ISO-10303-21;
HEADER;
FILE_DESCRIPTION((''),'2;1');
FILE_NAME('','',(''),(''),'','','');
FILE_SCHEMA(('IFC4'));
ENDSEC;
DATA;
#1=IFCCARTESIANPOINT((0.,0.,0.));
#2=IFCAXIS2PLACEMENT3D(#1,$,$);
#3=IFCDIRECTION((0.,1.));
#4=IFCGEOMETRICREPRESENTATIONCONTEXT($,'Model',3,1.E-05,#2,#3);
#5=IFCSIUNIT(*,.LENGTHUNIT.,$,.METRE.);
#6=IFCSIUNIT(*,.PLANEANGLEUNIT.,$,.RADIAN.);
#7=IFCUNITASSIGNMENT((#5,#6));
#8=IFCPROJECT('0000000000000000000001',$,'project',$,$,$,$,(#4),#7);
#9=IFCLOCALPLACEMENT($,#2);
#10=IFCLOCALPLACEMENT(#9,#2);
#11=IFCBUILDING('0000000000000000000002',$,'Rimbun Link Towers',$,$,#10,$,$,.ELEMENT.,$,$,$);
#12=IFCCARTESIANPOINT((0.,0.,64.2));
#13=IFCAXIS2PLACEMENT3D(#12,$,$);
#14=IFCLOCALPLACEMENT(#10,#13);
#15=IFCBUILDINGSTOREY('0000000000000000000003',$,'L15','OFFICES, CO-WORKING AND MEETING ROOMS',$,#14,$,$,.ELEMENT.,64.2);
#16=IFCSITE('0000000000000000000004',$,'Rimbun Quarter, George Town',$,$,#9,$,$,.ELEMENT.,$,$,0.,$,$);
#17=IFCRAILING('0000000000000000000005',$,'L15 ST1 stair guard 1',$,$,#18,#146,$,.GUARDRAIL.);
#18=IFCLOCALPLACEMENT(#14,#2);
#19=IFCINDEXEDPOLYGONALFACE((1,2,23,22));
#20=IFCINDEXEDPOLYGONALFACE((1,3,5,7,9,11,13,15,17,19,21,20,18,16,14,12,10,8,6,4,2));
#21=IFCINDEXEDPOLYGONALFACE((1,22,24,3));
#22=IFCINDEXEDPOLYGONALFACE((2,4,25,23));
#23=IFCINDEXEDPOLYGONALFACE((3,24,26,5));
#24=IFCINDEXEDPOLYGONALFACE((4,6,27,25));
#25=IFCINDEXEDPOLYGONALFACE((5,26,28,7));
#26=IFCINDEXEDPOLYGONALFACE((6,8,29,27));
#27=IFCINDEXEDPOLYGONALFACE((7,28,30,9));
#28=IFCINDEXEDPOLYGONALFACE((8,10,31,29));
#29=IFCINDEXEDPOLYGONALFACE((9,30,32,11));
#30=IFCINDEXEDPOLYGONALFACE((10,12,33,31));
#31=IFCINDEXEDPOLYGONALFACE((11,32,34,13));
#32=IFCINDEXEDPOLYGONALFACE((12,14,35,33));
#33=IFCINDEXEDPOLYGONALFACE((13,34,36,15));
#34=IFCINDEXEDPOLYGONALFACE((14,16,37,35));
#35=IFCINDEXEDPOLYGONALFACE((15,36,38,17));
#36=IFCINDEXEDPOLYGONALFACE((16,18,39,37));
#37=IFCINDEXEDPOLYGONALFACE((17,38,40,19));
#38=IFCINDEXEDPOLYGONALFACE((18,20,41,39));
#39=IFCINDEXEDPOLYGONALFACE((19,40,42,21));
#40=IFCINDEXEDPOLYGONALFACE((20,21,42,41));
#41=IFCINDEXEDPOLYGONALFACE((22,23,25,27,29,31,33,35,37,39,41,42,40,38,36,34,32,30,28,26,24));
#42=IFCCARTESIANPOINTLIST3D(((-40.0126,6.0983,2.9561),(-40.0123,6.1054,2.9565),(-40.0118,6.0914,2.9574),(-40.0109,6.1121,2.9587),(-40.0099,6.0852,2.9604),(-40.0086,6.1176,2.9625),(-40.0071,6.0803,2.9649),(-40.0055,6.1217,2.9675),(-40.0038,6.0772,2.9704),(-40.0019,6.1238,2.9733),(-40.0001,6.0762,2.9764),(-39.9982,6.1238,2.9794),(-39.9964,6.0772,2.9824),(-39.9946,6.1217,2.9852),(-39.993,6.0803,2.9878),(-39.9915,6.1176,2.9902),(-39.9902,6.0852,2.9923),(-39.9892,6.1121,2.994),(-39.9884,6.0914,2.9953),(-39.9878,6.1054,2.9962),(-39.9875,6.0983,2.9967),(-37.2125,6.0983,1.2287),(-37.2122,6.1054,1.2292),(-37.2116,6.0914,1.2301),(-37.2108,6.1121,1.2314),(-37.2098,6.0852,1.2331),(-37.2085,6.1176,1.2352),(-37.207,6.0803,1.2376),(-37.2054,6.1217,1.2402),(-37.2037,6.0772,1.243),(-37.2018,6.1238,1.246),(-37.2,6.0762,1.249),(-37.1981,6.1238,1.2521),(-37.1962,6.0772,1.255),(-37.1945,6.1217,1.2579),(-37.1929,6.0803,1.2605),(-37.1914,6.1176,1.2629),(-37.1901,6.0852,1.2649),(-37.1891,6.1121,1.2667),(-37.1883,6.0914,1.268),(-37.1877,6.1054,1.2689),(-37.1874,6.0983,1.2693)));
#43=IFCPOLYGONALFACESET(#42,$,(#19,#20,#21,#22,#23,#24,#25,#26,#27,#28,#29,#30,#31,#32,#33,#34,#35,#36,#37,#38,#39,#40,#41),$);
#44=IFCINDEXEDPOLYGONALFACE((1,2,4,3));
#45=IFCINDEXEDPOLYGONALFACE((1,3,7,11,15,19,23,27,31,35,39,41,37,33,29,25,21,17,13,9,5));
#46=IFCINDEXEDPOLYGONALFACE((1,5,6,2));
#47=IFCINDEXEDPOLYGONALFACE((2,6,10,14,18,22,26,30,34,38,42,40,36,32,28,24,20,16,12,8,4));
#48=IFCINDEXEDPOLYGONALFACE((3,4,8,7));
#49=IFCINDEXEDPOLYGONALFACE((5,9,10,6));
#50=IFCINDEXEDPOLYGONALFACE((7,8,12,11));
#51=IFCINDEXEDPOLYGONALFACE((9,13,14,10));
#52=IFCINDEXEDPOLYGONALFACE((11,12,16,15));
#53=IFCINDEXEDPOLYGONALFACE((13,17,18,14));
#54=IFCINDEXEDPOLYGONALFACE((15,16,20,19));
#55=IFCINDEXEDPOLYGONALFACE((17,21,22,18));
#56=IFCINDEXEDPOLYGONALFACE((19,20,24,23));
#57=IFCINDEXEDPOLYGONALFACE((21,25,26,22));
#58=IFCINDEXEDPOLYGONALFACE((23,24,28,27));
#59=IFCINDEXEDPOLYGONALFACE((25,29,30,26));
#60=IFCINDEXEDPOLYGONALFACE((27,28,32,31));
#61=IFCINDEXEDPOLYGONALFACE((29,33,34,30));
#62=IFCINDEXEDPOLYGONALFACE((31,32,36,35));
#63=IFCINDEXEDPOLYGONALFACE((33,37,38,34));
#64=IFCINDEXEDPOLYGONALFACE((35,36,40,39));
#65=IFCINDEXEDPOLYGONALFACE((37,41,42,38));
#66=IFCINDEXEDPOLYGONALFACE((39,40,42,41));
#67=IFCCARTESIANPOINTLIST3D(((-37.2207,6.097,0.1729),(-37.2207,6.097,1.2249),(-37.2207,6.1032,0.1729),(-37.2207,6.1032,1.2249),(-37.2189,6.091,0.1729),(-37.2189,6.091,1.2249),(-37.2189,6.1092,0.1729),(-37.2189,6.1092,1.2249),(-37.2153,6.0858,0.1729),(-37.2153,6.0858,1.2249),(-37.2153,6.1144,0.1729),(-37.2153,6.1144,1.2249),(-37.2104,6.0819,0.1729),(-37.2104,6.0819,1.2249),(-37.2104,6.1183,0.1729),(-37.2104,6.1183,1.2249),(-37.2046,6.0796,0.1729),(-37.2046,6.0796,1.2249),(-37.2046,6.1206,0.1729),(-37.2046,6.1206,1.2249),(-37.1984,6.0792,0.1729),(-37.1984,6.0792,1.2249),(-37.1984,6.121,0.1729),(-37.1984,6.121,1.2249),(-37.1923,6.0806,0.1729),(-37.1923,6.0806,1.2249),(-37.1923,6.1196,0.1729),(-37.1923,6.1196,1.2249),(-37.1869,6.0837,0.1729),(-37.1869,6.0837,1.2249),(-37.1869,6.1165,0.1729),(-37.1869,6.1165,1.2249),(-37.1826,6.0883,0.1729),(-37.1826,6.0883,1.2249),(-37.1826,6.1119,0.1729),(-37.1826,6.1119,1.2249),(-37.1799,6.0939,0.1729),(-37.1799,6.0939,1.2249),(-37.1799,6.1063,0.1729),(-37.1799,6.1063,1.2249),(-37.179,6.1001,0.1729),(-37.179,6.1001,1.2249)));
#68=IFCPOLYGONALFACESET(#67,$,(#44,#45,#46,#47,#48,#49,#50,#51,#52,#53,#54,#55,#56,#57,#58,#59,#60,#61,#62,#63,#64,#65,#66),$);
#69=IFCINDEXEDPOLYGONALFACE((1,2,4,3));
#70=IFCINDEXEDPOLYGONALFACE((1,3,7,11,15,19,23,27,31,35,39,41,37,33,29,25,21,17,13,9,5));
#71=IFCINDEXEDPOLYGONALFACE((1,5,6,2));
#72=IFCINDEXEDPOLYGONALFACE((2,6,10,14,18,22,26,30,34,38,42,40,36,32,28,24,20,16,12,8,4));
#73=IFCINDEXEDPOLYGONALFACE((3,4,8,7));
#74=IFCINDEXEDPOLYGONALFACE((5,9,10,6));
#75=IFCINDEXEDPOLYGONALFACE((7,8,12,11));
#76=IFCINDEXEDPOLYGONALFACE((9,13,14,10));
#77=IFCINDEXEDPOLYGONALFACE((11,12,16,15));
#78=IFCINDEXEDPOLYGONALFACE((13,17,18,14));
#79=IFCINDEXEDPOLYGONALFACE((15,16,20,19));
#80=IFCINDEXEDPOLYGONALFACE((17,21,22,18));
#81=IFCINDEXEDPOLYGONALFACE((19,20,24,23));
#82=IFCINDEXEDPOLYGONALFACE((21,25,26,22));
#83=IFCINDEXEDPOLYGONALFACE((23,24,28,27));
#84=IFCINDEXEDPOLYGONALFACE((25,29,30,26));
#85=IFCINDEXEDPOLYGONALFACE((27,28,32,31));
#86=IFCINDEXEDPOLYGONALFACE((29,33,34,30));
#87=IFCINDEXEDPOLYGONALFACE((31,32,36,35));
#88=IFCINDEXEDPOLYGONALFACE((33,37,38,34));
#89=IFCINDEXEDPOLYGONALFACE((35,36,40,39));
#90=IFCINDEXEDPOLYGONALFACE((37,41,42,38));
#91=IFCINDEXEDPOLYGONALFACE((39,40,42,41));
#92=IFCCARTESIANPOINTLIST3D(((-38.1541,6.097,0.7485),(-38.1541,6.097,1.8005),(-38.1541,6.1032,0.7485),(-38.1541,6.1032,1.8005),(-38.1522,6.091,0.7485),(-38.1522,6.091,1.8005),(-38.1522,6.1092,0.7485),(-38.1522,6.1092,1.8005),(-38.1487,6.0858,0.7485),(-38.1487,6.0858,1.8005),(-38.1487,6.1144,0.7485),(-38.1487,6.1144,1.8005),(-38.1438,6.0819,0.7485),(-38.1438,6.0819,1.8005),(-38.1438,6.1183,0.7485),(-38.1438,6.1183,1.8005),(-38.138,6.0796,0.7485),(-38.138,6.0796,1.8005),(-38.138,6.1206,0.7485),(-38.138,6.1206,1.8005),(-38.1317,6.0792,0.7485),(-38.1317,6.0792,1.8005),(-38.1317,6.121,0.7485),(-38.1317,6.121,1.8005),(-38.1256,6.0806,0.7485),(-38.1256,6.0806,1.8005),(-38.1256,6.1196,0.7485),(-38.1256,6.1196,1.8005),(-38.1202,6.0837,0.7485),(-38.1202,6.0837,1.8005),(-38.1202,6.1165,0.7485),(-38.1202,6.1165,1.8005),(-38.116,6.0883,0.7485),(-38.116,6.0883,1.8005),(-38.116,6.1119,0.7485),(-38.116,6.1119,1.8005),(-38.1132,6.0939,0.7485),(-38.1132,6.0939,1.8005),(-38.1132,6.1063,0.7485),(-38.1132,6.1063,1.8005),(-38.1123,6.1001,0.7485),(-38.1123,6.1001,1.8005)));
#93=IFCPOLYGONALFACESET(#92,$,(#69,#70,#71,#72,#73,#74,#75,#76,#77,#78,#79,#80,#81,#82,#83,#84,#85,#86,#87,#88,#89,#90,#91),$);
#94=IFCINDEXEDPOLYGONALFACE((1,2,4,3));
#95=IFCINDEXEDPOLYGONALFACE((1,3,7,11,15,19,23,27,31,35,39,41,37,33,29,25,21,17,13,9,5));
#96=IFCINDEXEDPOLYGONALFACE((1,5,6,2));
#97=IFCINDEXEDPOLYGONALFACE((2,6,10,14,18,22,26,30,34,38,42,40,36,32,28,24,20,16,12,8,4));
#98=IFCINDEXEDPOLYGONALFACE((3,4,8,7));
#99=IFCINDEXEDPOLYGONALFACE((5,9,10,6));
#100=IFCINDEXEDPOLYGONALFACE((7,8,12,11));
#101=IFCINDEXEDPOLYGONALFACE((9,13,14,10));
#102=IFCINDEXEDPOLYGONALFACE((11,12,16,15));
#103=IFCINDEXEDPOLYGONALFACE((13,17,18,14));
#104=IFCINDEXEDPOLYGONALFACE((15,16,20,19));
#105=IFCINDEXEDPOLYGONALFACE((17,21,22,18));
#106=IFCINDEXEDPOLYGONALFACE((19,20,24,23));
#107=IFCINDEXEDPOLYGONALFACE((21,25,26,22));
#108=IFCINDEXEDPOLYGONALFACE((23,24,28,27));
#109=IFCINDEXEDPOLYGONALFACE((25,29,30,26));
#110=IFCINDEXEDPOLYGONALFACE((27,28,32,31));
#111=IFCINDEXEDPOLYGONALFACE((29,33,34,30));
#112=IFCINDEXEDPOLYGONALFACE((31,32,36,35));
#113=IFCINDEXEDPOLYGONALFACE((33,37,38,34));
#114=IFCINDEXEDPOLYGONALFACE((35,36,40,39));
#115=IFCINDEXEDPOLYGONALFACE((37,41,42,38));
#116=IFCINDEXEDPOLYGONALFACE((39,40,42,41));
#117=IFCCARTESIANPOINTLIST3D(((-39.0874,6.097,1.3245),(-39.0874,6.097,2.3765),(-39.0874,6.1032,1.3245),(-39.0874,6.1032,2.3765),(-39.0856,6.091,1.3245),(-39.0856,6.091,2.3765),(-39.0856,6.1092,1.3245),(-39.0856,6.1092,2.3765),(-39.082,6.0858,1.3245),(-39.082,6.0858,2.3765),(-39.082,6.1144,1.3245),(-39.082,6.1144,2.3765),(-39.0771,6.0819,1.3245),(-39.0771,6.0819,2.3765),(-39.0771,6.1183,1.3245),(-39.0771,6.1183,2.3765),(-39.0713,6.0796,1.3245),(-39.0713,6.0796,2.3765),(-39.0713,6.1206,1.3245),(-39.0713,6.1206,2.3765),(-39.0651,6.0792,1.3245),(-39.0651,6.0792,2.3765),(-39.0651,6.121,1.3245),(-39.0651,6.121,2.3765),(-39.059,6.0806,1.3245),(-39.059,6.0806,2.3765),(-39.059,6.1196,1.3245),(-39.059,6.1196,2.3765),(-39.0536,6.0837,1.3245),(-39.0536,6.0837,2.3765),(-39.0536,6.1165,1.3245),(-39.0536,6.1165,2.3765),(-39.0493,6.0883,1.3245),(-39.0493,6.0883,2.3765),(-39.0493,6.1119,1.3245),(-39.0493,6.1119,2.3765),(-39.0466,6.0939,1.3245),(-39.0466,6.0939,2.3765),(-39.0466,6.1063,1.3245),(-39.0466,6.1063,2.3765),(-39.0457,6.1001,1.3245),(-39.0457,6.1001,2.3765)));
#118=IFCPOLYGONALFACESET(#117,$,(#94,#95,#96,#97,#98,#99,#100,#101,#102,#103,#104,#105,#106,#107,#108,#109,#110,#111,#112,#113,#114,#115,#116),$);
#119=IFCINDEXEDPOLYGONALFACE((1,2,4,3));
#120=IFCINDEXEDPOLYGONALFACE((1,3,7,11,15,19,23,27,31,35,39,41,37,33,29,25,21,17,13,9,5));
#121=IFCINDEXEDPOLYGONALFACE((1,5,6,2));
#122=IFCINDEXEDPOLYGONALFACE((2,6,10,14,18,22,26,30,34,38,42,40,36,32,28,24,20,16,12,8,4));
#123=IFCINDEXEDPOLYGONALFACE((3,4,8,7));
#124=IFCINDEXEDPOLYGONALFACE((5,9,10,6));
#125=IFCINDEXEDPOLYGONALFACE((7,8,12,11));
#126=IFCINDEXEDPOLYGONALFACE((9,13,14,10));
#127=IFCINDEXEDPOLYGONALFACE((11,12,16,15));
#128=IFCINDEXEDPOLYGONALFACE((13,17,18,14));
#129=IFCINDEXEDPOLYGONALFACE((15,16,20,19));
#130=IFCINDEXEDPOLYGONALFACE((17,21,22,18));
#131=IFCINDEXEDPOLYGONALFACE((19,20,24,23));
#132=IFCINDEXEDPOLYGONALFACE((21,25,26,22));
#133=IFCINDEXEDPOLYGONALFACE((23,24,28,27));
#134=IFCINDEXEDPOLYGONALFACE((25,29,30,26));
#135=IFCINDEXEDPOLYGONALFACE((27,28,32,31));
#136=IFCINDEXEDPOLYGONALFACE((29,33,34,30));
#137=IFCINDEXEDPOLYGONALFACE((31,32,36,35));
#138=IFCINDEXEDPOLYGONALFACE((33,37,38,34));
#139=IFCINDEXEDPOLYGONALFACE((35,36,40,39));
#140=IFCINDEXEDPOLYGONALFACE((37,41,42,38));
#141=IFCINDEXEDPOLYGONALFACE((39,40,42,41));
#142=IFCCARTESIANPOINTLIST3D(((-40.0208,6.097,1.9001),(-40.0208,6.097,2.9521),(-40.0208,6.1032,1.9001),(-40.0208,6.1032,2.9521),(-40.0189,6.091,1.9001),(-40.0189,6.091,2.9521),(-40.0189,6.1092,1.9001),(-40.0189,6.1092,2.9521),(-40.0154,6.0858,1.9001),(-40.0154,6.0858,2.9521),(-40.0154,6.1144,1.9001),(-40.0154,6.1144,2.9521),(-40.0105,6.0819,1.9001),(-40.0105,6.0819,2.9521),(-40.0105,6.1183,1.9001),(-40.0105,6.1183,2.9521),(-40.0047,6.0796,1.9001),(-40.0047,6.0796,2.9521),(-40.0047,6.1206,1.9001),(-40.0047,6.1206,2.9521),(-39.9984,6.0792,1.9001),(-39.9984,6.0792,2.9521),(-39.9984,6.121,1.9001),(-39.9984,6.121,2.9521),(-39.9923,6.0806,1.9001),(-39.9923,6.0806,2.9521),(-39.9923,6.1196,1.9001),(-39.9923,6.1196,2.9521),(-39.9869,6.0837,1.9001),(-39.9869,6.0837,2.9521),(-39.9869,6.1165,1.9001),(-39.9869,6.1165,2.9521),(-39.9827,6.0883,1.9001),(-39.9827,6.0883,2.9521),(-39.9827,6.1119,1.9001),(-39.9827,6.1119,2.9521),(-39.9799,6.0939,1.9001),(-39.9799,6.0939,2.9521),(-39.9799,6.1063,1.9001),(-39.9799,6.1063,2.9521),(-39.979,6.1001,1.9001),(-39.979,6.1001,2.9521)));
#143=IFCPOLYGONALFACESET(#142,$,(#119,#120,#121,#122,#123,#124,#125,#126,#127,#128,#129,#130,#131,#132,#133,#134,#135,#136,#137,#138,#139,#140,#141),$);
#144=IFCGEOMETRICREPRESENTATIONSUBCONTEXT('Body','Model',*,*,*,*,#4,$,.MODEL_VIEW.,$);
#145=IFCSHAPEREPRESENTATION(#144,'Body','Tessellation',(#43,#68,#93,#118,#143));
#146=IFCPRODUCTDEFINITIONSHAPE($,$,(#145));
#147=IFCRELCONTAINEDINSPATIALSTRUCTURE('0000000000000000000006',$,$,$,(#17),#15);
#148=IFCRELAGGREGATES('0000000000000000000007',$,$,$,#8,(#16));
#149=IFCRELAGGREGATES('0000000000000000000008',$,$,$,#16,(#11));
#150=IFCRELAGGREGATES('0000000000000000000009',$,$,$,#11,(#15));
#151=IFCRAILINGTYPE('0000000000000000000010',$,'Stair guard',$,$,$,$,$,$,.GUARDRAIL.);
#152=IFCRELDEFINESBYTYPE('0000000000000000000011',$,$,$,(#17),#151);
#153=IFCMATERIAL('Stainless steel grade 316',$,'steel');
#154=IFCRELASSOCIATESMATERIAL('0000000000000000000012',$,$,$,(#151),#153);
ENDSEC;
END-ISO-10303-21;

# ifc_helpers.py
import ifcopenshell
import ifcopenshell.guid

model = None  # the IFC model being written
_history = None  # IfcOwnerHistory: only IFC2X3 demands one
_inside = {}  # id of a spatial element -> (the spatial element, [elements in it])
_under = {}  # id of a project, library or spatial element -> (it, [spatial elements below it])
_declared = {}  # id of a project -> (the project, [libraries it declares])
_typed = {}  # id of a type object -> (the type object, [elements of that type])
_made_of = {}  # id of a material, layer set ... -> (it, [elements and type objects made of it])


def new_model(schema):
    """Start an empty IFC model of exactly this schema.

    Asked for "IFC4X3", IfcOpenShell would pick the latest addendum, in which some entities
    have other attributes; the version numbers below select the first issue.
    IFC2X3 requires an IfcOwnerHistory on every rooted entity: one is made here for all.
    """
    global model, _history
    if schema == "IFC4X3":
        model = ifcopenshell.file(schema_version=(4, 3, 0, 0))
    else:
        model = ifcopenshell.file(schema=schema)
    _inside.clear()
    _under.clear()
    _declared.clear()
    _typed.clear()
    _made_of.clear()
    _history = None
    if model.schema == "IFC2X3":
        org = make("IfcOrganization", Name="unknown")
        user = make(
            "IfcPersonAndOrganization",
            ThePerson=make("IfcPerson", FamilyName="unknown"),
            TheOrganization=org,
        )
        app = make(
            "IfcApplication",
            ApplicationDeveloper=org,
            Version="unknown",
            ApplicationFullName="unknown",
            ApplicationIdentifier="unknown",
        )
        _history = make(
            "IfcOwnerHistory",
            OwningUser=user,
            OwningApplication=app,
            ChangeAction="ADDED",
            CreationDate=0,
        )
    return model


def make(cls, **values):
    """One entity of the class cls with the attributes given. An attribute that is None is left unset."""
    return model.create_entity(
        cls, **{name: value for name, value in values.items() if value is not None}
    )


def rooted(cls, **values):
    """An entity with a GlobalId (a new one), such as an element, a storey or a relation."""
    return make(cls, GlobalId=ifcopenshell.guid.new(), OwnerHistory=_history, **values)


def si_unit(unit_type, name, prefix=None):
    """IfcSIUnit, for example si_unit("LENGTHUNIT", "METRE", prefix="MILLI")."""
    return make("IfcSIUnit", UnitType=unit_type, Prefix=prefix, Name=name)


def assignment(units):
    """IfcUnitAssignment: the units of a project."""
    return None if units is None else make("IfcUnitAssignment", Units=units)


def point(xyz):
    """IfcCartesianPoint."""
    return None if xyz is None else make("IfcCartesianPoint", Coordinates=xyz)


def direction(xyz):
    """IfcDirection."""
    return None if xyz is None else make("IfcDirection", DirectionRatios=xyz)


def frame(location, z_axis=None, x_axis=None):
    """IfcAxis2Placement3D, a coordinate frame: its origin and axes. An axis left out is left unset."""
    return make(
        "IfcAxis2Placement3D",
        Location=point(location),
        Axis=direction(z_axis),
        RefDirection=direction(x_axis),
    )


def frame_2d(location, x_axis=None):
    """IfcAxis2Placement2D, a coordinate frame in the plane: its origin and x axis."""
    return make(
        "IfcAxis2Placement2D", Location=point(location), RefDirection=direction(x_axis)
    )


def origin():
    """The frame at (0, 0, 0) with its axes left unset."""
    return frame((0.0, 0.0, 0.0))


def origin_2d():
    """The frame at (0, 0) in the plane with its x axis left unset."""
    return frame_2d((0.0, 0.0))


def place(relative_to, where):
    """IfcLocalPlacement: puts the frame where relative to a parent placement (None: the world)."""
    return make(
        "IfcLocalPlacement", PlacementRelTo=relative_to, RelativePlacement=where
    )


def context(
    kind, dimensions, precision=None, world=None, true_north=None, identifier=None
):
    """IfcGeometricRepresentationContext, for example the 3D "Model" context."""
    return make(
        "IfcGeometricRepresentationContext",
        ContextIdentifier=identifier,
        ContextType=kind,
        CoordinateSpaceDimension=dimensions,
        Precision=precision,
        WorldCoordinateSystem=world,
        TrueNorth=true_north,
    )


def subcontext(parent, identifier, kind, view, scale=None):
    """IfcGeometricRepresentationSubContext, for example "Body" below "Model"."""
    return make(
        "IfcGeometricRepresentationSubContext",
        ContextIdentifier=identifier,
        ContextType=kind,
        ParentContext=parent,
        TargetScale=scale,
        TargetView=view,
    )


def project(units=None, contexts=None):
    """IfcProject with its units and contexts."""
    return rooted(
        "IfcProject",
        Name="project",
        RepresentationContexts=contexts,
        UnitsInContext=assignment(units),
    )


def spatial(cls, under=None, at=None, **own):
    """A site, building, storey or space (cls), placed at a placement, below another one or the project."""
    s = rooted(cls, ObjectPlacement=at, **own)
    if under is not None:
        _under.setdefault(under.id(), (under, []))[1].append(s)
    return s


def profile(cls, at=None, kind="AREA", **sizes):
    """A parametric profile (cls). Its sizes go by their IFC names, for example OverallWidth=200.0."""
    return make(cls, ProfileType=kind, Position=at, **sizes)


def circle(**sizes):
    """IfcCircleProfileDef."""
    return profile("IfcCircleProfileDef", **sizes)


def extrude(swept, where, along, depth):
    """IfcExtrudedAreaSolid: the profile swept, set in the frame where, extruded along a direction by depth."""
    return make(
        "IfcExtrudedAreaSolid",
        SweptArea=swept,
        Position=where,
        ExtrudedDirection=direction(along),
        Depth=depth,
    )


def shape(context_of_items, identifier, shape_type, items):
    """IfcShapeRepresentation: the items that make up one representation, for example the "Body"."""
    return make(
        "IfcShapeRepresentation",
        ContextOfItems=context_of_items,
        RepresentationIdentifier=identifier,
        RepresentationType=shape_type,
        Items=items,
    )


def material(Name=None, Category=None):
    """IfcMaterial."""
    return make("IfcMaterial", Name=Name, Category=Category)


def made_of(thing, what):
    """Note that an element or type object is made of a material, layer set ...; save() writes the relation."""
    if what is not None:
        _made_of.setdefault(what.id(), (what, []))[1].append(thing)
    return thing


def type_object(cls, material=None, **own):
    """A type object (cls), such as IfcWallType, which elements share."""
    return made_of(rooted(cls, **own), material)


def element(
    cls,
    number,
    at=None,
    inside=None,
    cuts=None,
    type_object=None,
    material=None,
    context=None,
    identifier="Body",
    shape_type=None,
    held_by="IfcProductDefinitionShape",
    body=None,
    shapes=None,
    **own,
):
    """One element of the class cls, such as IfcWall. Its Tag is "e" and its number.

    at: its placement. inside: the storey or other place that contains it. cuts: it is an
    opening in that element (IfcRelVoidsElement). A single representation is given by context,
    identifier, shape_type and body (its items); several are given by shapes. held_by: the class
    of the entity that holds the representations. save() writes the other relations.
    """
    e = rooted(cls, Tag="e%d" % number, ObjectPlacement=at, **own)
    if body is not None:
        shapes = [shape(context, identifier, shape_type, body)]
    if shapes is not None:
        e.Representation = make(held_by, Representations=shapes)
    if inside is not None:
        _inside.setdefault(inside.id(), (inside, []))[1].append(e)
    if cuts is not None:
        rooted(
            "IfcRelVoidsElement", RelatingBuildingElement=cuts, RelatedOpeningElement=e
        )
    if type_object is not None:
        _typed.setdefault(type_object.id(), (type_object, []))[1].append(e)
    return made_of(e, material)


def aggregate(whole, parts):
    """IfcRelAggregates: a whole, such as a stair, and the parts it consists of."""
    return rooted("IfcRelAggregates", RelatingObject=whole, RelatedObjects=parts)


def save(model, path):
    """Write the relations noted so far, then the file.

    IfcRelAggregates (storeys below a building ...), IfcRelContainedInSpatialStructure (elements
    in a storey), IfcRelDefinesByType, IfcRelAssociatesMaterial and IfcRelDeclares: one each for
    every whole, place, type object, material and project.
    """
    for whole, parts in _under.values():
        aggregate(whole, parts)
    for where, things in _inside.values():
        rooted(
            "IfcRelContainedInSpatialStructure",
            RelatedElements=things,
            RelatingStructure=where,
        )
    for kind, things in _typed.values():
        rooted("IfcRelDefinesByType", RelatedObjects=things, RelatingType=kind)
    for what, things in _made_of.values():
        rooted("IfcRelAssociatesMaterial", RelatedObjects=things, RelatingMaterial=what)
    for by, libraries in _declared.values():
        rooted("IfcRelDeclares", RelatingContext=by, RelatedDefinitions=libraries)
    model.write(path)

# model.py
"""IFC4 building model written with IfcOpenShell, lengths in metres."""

from ifc_helpers import new_model, si_unit, direction, frame, origin, origin_2d, place, context, subcontext, project, spatial, circle, extrude, material, type_object, element, save


model = new_model("IFC4")

# Units and contexts
model_context = context("Model", 3, precision=1e-05, world=origin(), true_north=direction((0.0, 1.0)))
body_context = subcontext(model_context, "Body", "Model", "MODEL_VIEW")
ifc_project = project(units=[si_unit("LENGTHUNIT", "METRE"), si_unit("PLANEANGLEUNIT", "RADIAN")], contexts=[model_context])

# Site, building, storey
site_placement = place(None, origin())
site = spatial("IfcSite", under=ifc_project, at=site_placement, Name="Rimbun Quarter, George Town", CompositionType="ELEMENT", RefElevation=0.0)
building_placement = place(site_placement, origin())
building = spatial("IfcBuilding", under=site, at=building_placement, Name="Rimbun Link Towers", CompositionType="ELEMENT")
storey_placement = place(building_placement, frame((0.0, 0.0, 64.2)))
storey = spatial("IfcBuildingStorey", under=building, at=storey_placement, Name="L15", Description="OFFICES, CO-WORKING AND MEETING ROOMS", CompositionType="ELEMENT", Elevation=64.2)

# Railing
ifc_material_1 = material(Name="Stainless steel grade 316", Category="steel")
railing_type_1 = type_object("IfcRailingType", Name="Stair guard", PredefinedType="GUARDRAIL", material=ifc_material_1)
railing_1_placement = place(storey_placement, frame((-37.2, 6.1001, 0.1729)))
element("IfcRailing", 1, at=railing_1_placement, inside=storey, type_object=railing_type_1, Name="L15 ST1 stair guard 1", PredefinedType="GUARDRAIL", context=body_context, shape_type="SweptSolid", body=[
    extrude(circle(Radius=0.0239, at=origin_2d()), frame((0.0, 0.0, 1.0762), z_axis=(-0.85109, 0.0, 0.52502), x_axis=(0.0, -1.0, 0.0)), (0.0, 0.0, 1.0), 3.29),
    extrude(circle(Radius=0.021, at=origin_2d()), origin(), (0.0, 0.0, 1.0), 1.052),
    extrude(circle(Radius=0.021, at=origin_2d()), frame((-0.9333, 0.0, 0.5757)), (0.0, 0.0, 1.0), 1.052),
    extrude(circle(Radius=0.021, at=origin_2d()), frame((-1.8667, 0.0, 1.1516)), (0.0, 0.0, 1.0), 1.052),
    extrude(circle(Radius=0.021, at=origin_2d()), frame((-2.8, 0.0, 1.7273)), (0.0, 0.0, 1.0), 1.052),
])

save(model, "model.ifc")
